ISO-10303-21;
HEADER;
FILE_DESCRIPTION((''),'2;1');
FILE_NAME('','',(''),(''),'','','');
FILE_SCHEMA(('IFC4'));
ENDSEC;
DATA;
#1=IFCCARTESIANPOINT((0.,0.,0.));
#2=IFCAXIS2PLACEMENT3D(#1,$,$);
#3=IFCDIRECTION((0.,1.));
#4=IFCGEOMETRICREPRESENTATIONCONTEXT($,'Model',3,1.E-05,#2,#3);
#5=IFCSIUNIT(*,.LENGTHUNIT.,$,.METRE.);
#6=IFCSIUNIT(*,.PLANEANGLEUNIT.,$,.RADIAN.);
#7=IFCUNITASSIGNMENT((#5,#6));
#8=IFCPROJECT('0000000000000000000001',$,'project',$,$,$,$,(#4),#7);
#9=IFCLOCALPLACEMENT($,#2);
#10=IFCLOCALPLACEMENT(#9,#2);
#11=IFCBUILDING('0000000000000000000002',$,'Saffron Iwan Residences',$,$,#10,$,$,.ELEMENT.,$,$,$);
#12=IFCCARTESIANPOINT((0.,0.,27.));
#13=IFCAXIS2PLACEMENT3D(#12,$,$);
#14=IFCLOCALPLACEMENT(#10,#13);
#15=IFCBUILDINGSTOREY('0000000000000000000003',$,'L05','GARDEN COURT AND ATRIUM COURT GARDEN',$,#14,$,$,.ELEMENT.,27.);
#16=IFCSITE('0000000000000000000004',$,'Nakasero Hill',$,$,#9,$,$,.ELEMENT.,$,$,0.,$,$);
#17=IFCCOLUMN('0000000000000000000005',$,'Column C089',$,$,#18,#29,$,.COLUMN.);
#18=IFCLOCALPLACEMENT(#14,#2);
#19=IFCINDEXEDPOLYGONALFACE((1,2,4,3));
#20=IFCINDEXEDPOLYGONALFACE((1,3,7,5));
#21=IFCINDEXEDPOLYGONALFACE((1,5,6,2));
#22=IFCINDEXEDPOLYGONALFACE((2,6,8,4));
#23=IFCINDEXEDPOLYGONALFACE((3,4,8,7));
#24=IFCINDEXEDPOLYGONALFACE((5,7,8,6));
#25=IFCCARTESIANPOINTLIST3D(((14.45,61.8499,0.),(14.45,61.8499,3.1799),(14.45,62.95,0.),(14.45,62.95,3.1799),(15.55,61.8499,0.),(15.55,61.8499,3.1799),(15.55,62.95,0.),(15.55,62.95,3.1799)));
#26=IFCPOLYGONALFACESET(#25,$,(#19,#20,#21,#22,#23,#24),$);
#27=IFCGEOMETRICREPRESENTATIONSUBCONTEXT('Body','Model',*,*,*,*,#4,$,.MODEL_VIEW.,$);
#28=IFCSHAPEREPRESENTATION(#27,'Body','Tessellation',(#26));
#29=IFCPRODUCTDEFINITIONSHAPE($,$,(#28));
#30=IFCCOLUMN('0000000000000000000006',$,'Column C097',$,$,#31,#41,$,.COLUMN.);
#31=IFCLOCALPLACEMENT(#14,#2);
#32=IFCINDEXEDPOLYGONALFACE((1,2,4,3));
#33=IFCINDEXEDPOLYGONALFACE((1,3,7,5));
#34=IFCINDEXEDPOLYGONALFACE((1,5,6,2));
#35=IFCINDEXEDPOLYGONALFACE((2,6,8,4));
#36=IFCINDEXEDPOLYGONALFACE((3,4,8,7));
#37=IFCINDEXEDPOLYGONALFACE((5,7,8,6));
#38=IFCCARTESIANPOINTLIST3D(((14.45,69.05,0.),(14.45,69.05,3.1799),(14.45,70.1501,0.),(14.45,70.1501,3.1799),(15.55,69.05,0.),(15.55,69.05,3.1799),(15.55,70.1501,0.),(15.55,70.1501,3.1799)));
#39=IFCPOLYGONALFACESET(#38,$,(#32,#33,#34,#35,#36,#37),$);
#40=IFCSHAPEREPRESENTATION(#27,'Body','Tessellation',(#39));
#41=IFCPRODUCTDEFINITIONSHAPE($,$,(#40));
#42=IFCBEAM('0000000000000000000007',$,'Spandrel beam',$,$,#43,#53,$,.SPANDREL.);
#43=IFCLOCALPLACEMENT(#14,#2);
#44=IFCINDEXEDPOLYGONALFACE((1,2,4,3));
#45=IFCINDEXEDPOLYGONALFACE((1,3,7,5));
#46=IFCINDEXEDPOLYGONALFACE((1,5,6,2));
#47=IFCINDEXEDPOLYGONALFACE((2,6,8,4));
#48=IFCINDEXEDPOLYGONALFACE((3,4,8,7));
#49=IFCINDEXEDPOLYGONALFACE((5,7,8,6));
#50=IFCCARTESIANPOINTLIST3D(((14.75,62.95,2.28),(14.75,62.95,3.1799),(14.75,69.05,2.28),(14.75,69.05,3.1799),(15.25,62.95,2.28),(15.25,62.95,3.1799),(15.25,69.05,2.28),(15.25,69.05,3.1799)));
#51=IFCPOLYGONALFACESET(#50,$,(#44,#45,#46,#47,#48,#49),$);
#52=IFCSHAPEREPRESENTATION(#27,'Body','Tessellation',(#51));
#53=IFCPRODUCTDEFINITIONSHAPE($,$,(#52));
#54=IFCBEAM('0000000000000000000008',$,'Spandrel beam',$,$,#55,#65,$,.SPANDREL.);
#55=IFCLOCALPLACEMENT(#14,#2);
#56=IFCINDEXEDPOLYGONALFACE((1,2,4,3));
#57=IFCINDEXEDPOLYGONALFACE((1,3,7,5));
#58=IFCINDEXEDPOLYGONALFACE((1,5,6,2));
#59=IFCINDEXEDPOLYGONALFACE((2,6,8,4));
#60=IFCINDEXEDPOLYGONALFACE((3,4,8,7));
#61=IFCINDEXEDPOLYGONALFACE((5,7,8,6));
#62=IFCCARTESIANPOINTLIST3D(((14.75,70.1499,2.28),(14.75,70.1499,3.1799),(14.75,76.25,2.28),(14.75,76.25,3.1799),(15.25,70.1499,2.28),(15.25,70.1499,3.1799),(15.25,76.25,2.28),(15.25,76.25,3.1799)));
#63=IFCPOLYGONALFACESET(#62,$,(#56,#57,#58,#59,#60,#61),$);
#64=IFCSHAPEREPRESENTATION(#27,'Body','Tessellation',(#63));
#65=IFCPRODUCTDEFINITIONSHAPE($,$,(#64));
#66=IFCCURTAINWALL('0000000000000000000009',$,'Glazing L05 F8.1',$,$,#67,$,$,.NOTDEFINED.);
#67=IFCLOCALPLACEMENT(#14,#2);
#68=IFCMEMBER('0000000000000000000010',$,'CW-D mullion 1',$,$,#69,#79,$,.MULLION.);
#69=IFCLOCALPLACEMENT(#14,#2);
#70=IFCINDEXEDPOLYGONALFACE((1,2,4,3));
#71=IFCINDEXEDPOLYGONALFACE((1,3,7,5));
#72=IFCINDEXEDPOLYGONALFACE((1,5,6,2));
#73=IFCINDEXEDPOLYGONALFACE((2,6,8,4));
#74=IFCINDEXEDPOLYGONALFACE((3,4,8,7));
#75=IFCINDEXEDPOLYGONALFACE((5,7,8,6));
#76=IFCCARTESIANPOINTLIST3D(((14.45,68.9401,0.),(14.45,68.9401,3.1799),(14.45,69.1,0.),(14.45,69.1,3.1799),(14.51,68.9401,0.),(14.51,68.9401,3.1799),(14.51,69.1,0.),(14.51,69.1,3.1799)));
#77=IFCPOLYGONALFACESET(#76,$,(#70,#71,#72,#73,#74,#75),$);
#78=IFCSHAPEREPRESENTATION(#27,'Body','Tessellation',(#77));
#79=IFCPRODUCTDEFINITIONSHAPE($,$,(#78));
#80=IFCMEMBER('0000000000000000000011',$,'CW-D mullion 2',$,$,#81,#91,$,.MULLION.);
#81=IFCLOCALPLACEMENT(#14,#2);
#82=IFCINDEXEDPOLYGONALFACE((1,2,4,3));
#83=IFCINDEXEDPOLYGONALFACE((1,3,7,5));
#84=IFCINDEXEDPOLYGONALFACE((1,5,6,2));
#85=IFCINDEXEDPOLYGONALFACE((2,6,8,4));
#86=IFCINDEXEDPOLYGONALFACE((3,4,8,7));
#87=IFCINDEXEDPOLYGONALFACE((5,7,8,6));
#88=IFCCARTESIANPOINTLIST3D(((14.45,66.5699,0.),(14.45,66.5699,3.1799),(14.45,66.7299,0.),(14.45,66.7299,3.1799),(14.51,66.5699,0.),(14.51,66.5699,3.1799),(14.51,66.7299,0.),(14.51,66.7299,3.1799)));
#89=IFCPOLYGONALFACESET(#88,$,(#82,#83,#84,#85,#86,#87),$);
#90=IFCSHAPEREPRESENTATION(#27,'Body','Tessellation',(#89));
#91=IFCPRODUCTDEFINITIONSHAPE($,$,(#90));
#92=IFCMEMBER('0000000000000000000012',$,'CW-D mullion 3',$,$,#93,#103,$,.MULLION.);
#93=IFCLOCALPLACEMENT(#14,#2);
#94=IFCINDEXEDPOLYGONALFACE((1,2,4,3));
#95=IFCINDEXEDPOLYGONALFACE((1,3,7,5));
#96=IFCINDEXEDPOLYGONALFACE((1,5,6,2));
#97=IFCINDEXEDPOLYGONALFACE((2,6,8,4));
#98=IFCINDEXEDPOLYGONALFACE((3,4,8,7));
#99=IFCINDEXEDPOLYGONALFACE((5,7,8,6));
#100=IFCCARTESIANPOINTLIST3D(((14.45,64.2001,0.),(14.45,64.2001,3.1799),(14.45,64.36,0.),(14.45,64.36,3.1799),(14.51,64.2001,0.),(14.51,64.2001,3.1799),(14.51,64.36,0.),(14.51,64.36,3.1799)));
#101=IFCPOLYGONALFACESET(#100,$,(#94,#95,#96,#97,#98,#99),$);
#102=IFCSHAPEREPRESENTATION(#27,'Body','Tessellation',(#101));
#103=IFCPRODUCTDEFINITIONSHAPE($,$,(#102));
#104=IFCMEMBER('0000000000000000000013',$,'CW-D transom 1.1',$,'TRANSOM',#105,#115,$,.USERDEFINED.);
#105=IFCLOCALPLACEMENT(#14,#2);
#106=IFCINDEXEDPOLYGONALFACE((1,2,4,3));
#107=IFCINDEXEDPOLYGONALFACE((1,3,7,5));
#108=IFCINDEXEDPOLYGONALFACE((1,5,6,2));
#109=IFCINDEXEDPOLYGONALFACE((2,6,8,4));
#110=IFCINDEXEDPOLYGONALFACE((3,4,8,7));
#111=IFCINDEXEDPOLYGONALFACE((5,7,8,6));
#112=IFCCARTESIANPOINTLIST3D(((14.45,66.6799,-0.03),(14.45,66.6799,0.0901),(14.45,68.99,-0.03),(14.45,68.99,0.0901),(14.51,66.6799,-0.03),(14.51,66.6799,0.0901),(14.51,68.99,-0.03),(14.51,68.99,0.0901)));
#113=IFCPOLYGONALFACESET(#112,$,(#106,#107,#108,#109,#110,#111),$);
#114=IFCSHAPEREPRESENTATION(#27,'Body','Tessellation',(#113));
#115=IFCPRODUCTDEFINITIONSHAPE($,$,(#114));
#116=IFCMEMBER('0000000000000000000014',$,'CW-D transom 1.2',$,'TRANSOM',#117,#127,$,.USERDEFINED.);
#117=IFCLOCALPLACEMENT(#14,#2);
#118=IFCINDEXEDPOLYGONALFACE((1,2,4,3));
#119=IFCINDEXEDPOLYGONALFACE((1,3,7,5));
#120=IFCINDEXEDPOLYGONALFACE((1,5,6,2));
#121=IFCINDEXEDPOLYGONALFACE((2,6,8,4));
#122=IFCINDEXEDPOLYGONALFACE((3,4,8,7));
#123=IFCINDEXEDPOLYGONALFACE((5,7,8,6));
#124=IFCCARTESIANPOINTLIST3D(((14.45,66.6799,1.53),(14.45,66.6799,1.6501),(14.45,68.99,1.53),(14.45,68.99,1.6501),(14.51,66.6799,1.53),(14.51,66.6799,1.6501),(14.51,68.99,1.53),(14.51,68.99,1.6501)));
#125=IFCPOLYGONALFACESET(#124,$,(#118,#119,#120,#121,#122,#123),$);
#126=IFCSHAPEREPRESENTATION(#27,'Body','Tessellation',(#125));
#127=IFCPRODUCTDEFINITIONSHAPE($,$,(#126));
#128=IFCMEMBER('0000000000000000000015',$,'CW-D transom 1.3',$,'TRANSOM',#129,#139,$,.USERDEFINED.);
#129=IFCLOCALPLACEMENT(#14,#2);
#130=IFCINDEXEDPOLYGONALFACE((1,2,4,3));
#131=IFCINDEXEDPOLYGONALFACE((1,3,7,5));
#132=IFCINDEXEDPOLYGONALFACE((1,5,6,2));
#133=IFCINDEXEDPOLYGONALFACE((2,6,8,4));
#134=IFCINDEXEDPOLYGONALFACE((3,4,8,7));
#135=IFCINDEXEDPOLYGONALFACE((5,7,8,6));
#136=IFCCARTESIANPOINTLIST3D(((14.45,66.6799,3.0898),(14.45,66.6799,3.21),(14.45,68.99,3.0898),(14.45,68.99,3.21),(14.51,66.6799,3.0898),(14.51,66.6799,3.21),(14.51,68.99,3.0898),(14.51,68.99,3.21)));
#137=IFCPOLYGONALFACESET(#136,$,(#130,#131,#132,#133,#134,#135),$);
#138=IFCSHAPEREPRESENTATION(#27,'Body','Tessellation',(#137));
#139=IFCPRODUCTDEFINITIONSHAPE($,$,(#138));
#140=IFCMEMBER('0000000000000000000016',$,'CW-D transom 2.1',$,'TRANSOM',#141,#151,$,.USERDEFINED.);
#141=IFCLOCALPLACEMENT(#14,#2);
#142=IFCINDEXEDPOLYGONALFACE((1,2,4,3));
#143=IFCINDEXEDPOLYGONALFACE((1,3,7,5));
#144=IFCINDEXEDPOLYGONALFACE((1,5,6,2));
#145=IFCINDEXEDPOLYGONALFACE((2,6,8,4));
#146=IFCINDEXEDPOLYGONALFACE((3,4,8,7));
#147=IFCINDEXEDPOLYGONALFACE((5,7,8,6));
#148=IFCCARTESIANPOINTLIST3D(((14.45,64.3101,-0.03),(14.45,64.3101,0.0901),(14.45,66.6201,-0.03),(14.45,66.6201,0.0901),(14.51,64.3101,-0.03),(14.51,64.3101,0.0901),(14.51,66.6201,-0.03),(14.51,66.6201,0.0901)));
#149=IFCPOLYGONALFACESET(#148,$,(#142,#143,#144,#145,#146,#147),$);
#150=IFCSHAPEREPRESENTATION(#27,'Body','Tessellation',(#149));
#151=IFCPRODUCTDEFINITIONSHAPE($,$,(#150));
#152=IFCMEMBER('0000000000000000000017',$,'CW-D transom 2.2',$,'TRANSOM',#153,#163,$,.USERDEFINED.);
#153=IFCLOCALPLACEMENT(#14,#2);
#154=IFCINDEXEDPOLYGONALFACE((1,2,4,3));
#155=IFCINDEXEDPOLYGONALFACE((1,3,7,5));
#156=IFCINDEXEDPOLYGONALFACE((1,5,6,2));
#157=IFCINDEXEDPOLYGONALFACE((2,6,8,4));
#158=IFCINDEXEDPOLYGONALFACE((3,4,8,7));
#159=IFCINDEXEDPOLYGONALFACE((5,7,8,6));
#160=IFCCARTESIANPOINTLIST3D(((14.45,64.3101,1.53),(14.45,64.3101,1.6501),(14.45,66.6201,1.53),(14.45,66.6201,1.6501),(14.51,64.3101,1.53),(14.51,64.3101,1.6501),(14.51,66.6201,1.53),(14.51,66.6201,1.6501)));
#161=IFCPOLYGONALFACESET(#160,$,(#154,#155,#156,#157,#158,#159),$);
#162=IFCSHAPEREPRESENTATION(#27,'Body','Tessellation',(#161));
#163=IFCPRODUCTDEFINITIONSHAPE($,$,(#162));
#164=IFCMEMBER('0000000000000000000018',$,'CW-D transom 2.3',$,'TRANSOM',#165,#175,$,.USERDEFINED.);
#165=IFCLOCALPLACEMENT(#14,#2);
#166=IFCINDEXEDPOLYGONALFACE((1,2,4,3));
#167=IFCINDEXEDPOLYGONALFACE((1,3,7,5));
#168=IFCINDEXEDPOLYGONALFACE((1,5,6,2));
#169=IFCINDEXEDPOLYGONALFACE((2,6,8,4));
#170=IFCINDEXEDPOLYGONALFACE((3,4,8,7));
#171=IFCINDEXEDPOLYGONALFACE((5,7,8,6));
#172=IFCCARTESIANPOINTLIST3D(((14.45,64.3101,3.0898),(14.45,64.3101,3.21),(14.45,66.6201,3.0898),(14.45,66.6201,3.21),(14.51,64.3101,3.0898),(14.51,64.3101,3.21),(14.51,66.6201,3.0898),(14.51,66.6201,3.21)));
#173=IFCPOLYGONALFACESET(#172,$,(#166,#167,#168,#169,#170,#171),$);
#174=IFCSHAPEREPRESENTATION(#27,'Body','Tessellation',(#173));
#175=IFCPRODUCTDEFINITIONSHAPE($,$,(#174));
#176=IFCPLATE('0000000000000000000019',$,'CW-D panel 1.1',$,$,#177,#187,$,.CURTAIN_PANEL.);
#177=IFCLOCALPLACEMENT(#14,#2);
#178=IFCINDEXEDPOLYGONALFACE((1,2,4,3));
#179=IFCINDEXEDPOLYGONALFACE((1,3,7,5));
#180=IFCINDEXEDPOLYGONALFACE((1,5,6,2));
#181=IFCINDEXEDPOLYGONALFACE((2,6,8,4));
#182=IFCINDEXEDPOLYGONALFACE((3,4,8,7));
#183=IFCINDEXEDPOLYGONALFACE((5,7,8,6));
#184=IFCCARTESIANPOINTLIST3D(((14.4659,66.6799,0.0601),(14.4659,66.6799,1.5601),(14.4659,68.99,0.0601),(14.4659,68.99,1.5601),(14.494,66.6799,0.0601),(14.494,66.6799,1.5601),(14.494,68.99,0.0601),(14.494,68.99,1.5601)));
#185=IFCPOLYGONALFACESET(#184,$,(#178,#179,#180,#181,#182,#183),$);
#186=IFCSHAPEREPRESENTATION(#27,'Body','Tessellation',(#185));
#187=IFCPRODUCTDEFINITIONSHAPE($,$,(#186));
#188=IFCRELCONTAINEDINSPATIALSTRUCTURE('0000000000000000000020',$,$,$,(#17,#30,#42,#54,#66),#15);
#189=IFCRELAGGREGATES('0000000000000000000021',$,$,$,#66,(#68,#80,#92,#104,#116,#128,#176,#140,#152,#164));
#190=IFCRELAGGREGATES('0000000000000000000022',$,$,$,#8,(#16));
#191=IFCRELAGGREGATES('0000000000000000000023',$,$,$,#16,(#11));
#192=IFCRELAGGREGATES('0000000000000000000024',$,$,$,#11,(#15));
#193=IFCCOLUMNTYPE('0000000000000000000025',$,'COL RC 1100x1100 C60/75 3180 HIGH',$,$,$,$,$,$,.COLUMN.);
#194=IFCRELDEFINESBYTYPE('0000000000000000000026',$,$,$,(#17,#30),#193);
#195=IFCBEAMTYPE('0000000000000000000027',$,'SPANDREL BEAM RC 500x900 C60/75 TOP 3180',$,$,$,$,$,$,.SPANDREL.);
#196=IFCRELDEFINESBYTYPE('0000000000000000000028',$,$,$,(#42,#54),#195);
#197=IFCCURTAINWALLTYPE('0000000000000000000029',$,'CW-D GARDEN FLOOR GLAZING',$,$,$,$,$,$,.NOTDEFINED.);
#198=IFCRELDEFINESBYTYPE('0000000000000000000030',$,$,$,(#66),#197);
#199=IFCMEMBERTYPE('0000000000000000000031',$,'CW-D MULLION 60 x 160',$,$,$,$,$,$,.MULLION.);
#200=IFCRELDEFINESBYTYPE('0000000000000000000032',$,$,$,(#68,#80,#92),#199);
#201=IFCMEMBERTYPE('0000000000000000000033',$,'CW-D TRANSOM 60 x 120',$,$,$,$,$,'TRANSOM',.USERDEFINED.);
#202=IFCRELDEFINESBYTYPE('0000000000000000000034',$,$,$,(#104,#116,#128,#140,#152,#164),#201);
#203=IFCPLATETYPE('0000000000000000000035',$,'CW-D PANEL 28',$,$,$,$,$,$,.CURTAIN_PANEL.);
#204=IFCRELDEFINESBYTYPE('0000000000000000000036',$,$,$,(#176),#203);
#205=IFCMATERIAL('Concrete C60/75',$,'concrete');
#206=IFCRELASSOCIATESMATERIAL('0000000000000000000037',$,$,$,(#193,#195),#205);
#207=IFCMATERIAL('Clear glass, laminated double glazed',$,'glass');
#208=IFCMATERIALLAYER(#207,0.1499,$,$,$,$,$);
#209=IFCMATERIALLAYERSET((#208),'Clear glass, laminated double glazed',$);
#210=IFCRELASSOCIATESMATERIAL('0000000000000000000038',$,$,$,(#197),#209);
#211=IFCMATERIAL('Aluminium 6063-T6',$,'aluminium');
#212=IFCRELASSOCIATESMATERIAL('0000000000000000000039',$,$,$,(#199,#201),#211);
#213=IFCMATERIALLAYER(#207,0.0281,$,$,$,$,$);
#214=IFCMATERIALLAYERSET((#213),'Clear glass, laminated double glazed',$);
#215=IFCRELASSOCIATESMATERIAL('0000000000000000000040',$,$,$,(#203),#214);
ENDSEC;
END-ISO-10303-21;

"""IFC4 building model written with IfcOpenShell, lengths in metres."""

from ifc_helpers import new_model, si_unit, direction, frame, origin, origin_2d, place, context, subcontext, project, spatial, rectangle, extrude, source, transform, mapped, material, layer, layer_set, material_profile, profile_set, type_object, element, aggregate, save


model = new_model("IFC4")

# Units and contexts
model_context = context("Model", 3, precision=1e-05, world=origin(), true_north=direction((0.0, 1.0)))
body_context = subcontext(model_context, "Body", "Model", "MODEL_VIEW")
ifc_project = project(units=[si_unit("LENGTHUNIT", "METRE"), si_unit("PLANEANGLEUNIT", "RADIAN")], contexts=[model_context])

# Site, building, storey
site_placement = place(None, origin())
site = spatial("IfcSite", under=ifc_project, at=site_placement, Name="Nakasero Hill", CompositionType="ELEMENT", RefElevation=0.0)
building_placement = place(site_placement, origin())
building = spatial("IfcBuilding", under=site, at=building_placement, Name="Saffron Iwan Residences", CompositionType="ELEMENT")
storey_placement = place(building_placement, frame((0.0, 0.0, 27.0)))
storey = spatial("IfcBuildingStorey", under=building, at=storey_placement, Name="L05", Description="GARDEN COURT AND ATRIUM COURT GARDEN", CompositionType="ELEMENT", Elevation=27.0)

# Columns
ifc_material_1 = material(Name="Concrete C60/75", Category="concrete")
ifc_material_profile_1 = material_profile(ifc_material_1, rectangle(XDim=1.1001, YDim=1.1001, at=origin_2d()), Name="RC 1100x1100")
ifc_profile_set_1 = profile_set([ifc_material_profile_1], Name="Concrete C60/75")
column_type = type_object("IfcColumnType", Name="COL RC 1100x1100 C60/75 3180 HIGH", PredefinedType="COLUMN", material=ifc_profile_set_1)
shared_shape_1 = source(origin(), body_context, "Body", "SweptSolid", [
    extrude(rectangle(XDim=1.1001, YDim=1.1001, at=origin_2d()), origin(), (0.0, 0.0, 1.0), 3.1799),
])
for number, where, z_axis, x_axis, name in (
    (1, (15.0, 62.3999, 0.0), (0.0, 0.0, 1.0), (1.0, 0.0, 0.0), "Column C089"),
    (2, (15.0, 69.6001, 0.0), (0.0, 0.0, 1.0), (1.0, 0.0, 0.0), "Column C097"),
):
    element("IfcColumn", number, at=place(storey_placement, frame(where, z_axis=z_axis, x_axis=x_axis)), inside=storey, type_object=column_type, Name=name, PredefinedType="COLUMN", context=body_context, shape_type="MappedRepresentation", body=[
        mapped(shared_shape_1, transform((0.0, 0.0, 0.0))),
    ])

# Beams
ifc_material_profile_2 = material_profile(ifc_material_1, rectangle(XDim=0.5, YDim=0.8999, at=origin_2d()), Name="RC 500x900")
ifc_profile_set_2 = profile_set([ifc_material_profile_2], Name="Concrete C60/75")
beam_type = type_object("IfcBeamType", Name="SPANDREL BEAM RC 500x900 C60/75 TOP 3180", PredefinedType="SPANDREL", material=ifc_profile_set_2)
shared_shape_2 = source(origin(), body_context, "Body", "SweptSolid", [
    extrude(rectangle(XDim=0.5, YDim=0.8999, at=origin_2d()), origin(), (0.0, 0.0, 1.0), 6.1001),
])
for number, where, z_axis, x_axis, name in (
    (3, (15.0, 62.95, 2.73), (0.0, 1.0, 0.0), (-1.0, 0.0, 0.0), "Spandrel beam"),
    (4, (15.0, 70.1499, 2.73), (0.0, 1.0, 0.0), (-1.0, 0.0, 0.0), "Spandrel beam"),
):
    element("IfcBeam", number, at=place(storey_placement, frame(where, z_axis=z_axis, x_axis=x_axis)), inside=storey, type_object=beam_type, Name=name, PredefinedType="SPANDREL", context=body_context, shape_type="MappedRepresentation", body=[
        mapped(shared_shape_2, transform((0.0, 0.0, 0.0))),
    ])

# Curtain wall, members, plate
ifc_material_2 = material(Name="Clear glass, laminated double glazed", Category="glass")
ifc_layer_1 = layer(ifc_material_2, 0.1499)
ifc_layer_set_1 = layer_set([ifc_layer_1], Name="Clear glass, laminated double glazed")
curtain_wall_type = type_object("IfcCurtainWallType", Name="CW-D GARDEN FLOOR GLAZING", PredefinedType="NOTDEFINED", material=ifc_layer_set_1)
curtain_wall_placement = place(storey_placement, origin())
curtain_wall = element("IfcCurtainWall", 5, at=curtain_wall_placement, inside=storey, type_object=curtain_wall_type, Name="Glazing L05 F8.1", PredefinedType="NOTDEFINED")
ifc_material_3 = material(Name="Aluminium 6063-T6", Category="aluminium")
ifc_material_profile_3 = material_profile(ifc_material_3, rectangle(XDim=0.0601, YDim=0.1599, at=origin_2d()), Name="CW-D MULLION 60 x 160")
ifc_profile_set_3 = profile_set([ifc_material_profile_3], Name="Aluminium 6063-T6")
member_type_1 = type_object("IfcMemberType", Name="CW-D MULLION 60 x 160", PredefinedType="MULLION", material=ifc_profile_set_3)
shared_shape_3 = source(origin(), body_context, "Body", "SweptSolid", [
    extrude(rectangle(XDim=0.0601, YDim=0.1599, at=origin_2d()), origin(), (0.0, 0.0, 1.0), 3.1799),
])
member_1_placement = place(storey_placement, frame((14.48, 69.02, 0.0), z_axis=(0.0, 0.0, 1.0), x_axis=(1.0, 0.0, 0.0)))
member_1 = element("IfcMember", 6, at=member_1_placement, type_object=member_type_1, Name="CW-D mullion 1", PredefinedType="MULLION", context=body_context, shape_type="MappedRepresentation", body=[
    mapped(shared_shape_3, transform((0.0, 0.0, 0.0))),
])
member_2_placement = place(storey_placement, frame((14.48, 66.6499, 0.0), z_axis=(0.0, 0.0, 1.0), x_axis=(1.0, 0.0, 0.0)))
member_2 = element("IfcMember", 7, at=member_2_placement, type_object=member_type_1, Name="CW-D mullion 2", PredefinedType="MULLION", context=body_context, shape_type="MappedRepresentation", body=[
    mapped(shared_shape_3, transform((0.0, 0.0, 0.0))),
])
member_3_placement = place(storey_placement, frame((14.48, 64.28, 0.0), z_axis=(0.0, 0.0, 1.0), x_axis=(1.0, 0.0, 0.0)))
member_3 = element("IfcMember", 8, at=member_3_placement, type_object=member_type_1, Name="CW-D mullion 3", PredefinedType="MULLION", context=body_context, shape_type="MappedRepresentation", body=[
    mapped(shared_shape_3, transform((0.0, 0.0, 0.0))),
])
ifc_material_profile_4 = material_profile(ifc_material_3, rectangle(XDim=0.0601, YDim=0.1201, at=origin_2d()), Name="CW-D TRANSOM 60 x 120")
ifc_profile_set_4 = profile_set([ifc_material_profile_4], Name="Aluminium 6063-T6")
member_type_2 = type_object("IfcMemberType", Name="CW-D TRANSOM 60 x 120", ElementType="TRANSOM", PredefinedType="USERDEFINED", material=ifc_profile_set_4)
shared_shape_4 = source(origin(), body_context, "Body", "SweptSolid", [
    extrude(rectangle(XDim=0.0601, YDim=0.1201, at=origin_2d()), origin(), (0.0, 0.0, 1.0), 2.3101),
])
member_4_placement = place(storey_placement, frame((14.48, 68.99, 0.03), z_axis=(0.0, -1.0, 0.0), x_axis=(1.0, 0.0, 0.0)))
member_4 = element("IfcMember", 9, at=member_4_placement, type_object=member_type_2, Name="CW-D transom 1.1", ObjectType="TRANSOM", PredefinedType="USERDEFINED", context=body_context, shape_type="MappedRepresentation", body=[
    mapped(shared_shape_4, transform((0.0, 0.0, 0.0))),
])
member_5_placement = place(storey_placement, frame((14.48, 68.99, 1.5901), z_axis=(0.0, -1.0, 0.0), x_axis=(1.0, 0.0, 0.0)))
member_5 = element("IfcMember", 10, at=member_5_placement, type_object=member_type_2, Name="CW-D transom 1.2", ObjectType="TRANSOM", PredefinedType="USERDEFINED", context=body_context, shape_type="MappedRepresentation", body=[
    mapped(shared_shape_4, transform((0.0, 0.0, 0.0))),
])
member_6_placement = place(storey_placement, frame((14.48, 68.99, 3.1499), z_axis=(0.0, -1.0, 0.0), x_axis=(1.0, 0.0, 0.0)))
member_6 = element("IfcMember", 11, at=member_6_placement, type_object=member_type_2, Name="CW-D transom 1.3", ObjectType="TRANSOM", PredefinedType="USERDEFINED", context=body_context, shape_type="MappedRepresentation", body=[
    mapped(shared_shape_4, transform((0.0, 0.0, 0.0))),
])
member_7_placement = place(storey_placement, frame((14.48, 66.6201, 0.03), z_axis=(0.0, -1.0, 0.0), x_axis=(1.0, 0.0, 0.0)))
member_7 = element("IfcMember", 12, at=member_7_placement, type_object=member_type_2, Name="CW-D transom 2.1", ObjectType="TRANSOM", PredefinedType="USERDEFINED", context=body_context, shape_type="MappedRepresentation", body=[
    mapped(shared_shape_4, transform((0.0, 0.0, 0.0))),
])
member_8_placement = place(storey_placement, frame((14.48, 66.6201, 1.5901), z_axis=(0.0, -1.0, 0.0), x_axis=(1.0, 0.0, 0.0)))
member_8 = element("IfcMember", 13, at=member_8_placement, type_object=member_type_2, Name="CW-D transom 2.2", ObjectType="TRANSOM", PredefinedType="USERDEFINED", context=body_context, shape_type="MappedRepresentation", body=[
    mapped(shared_shape_4, transform((0.0, 0.0, 0.0))),
])
member_9_placement = place(storey_placement, frame((14.48, 66.6201, 3.1499), z_axis=(0.0, -1.0, 0.0), x_axis=(1.0, 0.0, 0.0)))
member_9 = element("IfcMember", 14, at=member_9_placement, type_object=member_type_2, Name="CW-D transom 2.3", ObjectType="TRANSOM", PredefinedType="USERDEFINED", context=body_context, shape_type="MappedRepresentation", body=[
    mapped(shared_shape_4, transform((0.0, 0.0, 0.0))),
])
ifc_layer_2 = layer(ifc_material_2, 0.0281)
ifc_layer_set_2 = layer_set([ifc_layer_2], Name="Clear glass, laminated double glazed")
plate_type = type_object("IfcPlateType", Name="CW-D PANEL 28", PredefinedType="CURTAIN_PANEL", material=ifc_layer_set_2)
shared_shape_5 = source(origin(), body_context, "Body", "SweptSolid", [
    extrude(rectangle(XDim=2.3101, YDim=0.0281, at=origin_2d()), origin(), (0.0, 0.0, 1.0), 1.5),
])
plate_1_placement = place(storey_placement, frame((14.48, 67.835, 0.0601), z_axis=(0.0, 0.0, 1.0), x_axis=(0.0, -1.0, 0.0)))
plate_1 = element("IfcPlate", 15, at=plate_1_placement, type_object=plate_type, Name="CW-D panel 1.1", PredefinedType="CURTAIN_PANEL", context=body_context, shape_type="MappedRepresentation", body=[
    mapped(shared_shape_5, transform((0.0, 0.0, 0.0))),
])
aggregate(curtain_wall, [member_1, member_2, member_3, member_4, member_5, member_6, plate_1, member_7, member_8, member_9])

save(model, "model.ifc")
